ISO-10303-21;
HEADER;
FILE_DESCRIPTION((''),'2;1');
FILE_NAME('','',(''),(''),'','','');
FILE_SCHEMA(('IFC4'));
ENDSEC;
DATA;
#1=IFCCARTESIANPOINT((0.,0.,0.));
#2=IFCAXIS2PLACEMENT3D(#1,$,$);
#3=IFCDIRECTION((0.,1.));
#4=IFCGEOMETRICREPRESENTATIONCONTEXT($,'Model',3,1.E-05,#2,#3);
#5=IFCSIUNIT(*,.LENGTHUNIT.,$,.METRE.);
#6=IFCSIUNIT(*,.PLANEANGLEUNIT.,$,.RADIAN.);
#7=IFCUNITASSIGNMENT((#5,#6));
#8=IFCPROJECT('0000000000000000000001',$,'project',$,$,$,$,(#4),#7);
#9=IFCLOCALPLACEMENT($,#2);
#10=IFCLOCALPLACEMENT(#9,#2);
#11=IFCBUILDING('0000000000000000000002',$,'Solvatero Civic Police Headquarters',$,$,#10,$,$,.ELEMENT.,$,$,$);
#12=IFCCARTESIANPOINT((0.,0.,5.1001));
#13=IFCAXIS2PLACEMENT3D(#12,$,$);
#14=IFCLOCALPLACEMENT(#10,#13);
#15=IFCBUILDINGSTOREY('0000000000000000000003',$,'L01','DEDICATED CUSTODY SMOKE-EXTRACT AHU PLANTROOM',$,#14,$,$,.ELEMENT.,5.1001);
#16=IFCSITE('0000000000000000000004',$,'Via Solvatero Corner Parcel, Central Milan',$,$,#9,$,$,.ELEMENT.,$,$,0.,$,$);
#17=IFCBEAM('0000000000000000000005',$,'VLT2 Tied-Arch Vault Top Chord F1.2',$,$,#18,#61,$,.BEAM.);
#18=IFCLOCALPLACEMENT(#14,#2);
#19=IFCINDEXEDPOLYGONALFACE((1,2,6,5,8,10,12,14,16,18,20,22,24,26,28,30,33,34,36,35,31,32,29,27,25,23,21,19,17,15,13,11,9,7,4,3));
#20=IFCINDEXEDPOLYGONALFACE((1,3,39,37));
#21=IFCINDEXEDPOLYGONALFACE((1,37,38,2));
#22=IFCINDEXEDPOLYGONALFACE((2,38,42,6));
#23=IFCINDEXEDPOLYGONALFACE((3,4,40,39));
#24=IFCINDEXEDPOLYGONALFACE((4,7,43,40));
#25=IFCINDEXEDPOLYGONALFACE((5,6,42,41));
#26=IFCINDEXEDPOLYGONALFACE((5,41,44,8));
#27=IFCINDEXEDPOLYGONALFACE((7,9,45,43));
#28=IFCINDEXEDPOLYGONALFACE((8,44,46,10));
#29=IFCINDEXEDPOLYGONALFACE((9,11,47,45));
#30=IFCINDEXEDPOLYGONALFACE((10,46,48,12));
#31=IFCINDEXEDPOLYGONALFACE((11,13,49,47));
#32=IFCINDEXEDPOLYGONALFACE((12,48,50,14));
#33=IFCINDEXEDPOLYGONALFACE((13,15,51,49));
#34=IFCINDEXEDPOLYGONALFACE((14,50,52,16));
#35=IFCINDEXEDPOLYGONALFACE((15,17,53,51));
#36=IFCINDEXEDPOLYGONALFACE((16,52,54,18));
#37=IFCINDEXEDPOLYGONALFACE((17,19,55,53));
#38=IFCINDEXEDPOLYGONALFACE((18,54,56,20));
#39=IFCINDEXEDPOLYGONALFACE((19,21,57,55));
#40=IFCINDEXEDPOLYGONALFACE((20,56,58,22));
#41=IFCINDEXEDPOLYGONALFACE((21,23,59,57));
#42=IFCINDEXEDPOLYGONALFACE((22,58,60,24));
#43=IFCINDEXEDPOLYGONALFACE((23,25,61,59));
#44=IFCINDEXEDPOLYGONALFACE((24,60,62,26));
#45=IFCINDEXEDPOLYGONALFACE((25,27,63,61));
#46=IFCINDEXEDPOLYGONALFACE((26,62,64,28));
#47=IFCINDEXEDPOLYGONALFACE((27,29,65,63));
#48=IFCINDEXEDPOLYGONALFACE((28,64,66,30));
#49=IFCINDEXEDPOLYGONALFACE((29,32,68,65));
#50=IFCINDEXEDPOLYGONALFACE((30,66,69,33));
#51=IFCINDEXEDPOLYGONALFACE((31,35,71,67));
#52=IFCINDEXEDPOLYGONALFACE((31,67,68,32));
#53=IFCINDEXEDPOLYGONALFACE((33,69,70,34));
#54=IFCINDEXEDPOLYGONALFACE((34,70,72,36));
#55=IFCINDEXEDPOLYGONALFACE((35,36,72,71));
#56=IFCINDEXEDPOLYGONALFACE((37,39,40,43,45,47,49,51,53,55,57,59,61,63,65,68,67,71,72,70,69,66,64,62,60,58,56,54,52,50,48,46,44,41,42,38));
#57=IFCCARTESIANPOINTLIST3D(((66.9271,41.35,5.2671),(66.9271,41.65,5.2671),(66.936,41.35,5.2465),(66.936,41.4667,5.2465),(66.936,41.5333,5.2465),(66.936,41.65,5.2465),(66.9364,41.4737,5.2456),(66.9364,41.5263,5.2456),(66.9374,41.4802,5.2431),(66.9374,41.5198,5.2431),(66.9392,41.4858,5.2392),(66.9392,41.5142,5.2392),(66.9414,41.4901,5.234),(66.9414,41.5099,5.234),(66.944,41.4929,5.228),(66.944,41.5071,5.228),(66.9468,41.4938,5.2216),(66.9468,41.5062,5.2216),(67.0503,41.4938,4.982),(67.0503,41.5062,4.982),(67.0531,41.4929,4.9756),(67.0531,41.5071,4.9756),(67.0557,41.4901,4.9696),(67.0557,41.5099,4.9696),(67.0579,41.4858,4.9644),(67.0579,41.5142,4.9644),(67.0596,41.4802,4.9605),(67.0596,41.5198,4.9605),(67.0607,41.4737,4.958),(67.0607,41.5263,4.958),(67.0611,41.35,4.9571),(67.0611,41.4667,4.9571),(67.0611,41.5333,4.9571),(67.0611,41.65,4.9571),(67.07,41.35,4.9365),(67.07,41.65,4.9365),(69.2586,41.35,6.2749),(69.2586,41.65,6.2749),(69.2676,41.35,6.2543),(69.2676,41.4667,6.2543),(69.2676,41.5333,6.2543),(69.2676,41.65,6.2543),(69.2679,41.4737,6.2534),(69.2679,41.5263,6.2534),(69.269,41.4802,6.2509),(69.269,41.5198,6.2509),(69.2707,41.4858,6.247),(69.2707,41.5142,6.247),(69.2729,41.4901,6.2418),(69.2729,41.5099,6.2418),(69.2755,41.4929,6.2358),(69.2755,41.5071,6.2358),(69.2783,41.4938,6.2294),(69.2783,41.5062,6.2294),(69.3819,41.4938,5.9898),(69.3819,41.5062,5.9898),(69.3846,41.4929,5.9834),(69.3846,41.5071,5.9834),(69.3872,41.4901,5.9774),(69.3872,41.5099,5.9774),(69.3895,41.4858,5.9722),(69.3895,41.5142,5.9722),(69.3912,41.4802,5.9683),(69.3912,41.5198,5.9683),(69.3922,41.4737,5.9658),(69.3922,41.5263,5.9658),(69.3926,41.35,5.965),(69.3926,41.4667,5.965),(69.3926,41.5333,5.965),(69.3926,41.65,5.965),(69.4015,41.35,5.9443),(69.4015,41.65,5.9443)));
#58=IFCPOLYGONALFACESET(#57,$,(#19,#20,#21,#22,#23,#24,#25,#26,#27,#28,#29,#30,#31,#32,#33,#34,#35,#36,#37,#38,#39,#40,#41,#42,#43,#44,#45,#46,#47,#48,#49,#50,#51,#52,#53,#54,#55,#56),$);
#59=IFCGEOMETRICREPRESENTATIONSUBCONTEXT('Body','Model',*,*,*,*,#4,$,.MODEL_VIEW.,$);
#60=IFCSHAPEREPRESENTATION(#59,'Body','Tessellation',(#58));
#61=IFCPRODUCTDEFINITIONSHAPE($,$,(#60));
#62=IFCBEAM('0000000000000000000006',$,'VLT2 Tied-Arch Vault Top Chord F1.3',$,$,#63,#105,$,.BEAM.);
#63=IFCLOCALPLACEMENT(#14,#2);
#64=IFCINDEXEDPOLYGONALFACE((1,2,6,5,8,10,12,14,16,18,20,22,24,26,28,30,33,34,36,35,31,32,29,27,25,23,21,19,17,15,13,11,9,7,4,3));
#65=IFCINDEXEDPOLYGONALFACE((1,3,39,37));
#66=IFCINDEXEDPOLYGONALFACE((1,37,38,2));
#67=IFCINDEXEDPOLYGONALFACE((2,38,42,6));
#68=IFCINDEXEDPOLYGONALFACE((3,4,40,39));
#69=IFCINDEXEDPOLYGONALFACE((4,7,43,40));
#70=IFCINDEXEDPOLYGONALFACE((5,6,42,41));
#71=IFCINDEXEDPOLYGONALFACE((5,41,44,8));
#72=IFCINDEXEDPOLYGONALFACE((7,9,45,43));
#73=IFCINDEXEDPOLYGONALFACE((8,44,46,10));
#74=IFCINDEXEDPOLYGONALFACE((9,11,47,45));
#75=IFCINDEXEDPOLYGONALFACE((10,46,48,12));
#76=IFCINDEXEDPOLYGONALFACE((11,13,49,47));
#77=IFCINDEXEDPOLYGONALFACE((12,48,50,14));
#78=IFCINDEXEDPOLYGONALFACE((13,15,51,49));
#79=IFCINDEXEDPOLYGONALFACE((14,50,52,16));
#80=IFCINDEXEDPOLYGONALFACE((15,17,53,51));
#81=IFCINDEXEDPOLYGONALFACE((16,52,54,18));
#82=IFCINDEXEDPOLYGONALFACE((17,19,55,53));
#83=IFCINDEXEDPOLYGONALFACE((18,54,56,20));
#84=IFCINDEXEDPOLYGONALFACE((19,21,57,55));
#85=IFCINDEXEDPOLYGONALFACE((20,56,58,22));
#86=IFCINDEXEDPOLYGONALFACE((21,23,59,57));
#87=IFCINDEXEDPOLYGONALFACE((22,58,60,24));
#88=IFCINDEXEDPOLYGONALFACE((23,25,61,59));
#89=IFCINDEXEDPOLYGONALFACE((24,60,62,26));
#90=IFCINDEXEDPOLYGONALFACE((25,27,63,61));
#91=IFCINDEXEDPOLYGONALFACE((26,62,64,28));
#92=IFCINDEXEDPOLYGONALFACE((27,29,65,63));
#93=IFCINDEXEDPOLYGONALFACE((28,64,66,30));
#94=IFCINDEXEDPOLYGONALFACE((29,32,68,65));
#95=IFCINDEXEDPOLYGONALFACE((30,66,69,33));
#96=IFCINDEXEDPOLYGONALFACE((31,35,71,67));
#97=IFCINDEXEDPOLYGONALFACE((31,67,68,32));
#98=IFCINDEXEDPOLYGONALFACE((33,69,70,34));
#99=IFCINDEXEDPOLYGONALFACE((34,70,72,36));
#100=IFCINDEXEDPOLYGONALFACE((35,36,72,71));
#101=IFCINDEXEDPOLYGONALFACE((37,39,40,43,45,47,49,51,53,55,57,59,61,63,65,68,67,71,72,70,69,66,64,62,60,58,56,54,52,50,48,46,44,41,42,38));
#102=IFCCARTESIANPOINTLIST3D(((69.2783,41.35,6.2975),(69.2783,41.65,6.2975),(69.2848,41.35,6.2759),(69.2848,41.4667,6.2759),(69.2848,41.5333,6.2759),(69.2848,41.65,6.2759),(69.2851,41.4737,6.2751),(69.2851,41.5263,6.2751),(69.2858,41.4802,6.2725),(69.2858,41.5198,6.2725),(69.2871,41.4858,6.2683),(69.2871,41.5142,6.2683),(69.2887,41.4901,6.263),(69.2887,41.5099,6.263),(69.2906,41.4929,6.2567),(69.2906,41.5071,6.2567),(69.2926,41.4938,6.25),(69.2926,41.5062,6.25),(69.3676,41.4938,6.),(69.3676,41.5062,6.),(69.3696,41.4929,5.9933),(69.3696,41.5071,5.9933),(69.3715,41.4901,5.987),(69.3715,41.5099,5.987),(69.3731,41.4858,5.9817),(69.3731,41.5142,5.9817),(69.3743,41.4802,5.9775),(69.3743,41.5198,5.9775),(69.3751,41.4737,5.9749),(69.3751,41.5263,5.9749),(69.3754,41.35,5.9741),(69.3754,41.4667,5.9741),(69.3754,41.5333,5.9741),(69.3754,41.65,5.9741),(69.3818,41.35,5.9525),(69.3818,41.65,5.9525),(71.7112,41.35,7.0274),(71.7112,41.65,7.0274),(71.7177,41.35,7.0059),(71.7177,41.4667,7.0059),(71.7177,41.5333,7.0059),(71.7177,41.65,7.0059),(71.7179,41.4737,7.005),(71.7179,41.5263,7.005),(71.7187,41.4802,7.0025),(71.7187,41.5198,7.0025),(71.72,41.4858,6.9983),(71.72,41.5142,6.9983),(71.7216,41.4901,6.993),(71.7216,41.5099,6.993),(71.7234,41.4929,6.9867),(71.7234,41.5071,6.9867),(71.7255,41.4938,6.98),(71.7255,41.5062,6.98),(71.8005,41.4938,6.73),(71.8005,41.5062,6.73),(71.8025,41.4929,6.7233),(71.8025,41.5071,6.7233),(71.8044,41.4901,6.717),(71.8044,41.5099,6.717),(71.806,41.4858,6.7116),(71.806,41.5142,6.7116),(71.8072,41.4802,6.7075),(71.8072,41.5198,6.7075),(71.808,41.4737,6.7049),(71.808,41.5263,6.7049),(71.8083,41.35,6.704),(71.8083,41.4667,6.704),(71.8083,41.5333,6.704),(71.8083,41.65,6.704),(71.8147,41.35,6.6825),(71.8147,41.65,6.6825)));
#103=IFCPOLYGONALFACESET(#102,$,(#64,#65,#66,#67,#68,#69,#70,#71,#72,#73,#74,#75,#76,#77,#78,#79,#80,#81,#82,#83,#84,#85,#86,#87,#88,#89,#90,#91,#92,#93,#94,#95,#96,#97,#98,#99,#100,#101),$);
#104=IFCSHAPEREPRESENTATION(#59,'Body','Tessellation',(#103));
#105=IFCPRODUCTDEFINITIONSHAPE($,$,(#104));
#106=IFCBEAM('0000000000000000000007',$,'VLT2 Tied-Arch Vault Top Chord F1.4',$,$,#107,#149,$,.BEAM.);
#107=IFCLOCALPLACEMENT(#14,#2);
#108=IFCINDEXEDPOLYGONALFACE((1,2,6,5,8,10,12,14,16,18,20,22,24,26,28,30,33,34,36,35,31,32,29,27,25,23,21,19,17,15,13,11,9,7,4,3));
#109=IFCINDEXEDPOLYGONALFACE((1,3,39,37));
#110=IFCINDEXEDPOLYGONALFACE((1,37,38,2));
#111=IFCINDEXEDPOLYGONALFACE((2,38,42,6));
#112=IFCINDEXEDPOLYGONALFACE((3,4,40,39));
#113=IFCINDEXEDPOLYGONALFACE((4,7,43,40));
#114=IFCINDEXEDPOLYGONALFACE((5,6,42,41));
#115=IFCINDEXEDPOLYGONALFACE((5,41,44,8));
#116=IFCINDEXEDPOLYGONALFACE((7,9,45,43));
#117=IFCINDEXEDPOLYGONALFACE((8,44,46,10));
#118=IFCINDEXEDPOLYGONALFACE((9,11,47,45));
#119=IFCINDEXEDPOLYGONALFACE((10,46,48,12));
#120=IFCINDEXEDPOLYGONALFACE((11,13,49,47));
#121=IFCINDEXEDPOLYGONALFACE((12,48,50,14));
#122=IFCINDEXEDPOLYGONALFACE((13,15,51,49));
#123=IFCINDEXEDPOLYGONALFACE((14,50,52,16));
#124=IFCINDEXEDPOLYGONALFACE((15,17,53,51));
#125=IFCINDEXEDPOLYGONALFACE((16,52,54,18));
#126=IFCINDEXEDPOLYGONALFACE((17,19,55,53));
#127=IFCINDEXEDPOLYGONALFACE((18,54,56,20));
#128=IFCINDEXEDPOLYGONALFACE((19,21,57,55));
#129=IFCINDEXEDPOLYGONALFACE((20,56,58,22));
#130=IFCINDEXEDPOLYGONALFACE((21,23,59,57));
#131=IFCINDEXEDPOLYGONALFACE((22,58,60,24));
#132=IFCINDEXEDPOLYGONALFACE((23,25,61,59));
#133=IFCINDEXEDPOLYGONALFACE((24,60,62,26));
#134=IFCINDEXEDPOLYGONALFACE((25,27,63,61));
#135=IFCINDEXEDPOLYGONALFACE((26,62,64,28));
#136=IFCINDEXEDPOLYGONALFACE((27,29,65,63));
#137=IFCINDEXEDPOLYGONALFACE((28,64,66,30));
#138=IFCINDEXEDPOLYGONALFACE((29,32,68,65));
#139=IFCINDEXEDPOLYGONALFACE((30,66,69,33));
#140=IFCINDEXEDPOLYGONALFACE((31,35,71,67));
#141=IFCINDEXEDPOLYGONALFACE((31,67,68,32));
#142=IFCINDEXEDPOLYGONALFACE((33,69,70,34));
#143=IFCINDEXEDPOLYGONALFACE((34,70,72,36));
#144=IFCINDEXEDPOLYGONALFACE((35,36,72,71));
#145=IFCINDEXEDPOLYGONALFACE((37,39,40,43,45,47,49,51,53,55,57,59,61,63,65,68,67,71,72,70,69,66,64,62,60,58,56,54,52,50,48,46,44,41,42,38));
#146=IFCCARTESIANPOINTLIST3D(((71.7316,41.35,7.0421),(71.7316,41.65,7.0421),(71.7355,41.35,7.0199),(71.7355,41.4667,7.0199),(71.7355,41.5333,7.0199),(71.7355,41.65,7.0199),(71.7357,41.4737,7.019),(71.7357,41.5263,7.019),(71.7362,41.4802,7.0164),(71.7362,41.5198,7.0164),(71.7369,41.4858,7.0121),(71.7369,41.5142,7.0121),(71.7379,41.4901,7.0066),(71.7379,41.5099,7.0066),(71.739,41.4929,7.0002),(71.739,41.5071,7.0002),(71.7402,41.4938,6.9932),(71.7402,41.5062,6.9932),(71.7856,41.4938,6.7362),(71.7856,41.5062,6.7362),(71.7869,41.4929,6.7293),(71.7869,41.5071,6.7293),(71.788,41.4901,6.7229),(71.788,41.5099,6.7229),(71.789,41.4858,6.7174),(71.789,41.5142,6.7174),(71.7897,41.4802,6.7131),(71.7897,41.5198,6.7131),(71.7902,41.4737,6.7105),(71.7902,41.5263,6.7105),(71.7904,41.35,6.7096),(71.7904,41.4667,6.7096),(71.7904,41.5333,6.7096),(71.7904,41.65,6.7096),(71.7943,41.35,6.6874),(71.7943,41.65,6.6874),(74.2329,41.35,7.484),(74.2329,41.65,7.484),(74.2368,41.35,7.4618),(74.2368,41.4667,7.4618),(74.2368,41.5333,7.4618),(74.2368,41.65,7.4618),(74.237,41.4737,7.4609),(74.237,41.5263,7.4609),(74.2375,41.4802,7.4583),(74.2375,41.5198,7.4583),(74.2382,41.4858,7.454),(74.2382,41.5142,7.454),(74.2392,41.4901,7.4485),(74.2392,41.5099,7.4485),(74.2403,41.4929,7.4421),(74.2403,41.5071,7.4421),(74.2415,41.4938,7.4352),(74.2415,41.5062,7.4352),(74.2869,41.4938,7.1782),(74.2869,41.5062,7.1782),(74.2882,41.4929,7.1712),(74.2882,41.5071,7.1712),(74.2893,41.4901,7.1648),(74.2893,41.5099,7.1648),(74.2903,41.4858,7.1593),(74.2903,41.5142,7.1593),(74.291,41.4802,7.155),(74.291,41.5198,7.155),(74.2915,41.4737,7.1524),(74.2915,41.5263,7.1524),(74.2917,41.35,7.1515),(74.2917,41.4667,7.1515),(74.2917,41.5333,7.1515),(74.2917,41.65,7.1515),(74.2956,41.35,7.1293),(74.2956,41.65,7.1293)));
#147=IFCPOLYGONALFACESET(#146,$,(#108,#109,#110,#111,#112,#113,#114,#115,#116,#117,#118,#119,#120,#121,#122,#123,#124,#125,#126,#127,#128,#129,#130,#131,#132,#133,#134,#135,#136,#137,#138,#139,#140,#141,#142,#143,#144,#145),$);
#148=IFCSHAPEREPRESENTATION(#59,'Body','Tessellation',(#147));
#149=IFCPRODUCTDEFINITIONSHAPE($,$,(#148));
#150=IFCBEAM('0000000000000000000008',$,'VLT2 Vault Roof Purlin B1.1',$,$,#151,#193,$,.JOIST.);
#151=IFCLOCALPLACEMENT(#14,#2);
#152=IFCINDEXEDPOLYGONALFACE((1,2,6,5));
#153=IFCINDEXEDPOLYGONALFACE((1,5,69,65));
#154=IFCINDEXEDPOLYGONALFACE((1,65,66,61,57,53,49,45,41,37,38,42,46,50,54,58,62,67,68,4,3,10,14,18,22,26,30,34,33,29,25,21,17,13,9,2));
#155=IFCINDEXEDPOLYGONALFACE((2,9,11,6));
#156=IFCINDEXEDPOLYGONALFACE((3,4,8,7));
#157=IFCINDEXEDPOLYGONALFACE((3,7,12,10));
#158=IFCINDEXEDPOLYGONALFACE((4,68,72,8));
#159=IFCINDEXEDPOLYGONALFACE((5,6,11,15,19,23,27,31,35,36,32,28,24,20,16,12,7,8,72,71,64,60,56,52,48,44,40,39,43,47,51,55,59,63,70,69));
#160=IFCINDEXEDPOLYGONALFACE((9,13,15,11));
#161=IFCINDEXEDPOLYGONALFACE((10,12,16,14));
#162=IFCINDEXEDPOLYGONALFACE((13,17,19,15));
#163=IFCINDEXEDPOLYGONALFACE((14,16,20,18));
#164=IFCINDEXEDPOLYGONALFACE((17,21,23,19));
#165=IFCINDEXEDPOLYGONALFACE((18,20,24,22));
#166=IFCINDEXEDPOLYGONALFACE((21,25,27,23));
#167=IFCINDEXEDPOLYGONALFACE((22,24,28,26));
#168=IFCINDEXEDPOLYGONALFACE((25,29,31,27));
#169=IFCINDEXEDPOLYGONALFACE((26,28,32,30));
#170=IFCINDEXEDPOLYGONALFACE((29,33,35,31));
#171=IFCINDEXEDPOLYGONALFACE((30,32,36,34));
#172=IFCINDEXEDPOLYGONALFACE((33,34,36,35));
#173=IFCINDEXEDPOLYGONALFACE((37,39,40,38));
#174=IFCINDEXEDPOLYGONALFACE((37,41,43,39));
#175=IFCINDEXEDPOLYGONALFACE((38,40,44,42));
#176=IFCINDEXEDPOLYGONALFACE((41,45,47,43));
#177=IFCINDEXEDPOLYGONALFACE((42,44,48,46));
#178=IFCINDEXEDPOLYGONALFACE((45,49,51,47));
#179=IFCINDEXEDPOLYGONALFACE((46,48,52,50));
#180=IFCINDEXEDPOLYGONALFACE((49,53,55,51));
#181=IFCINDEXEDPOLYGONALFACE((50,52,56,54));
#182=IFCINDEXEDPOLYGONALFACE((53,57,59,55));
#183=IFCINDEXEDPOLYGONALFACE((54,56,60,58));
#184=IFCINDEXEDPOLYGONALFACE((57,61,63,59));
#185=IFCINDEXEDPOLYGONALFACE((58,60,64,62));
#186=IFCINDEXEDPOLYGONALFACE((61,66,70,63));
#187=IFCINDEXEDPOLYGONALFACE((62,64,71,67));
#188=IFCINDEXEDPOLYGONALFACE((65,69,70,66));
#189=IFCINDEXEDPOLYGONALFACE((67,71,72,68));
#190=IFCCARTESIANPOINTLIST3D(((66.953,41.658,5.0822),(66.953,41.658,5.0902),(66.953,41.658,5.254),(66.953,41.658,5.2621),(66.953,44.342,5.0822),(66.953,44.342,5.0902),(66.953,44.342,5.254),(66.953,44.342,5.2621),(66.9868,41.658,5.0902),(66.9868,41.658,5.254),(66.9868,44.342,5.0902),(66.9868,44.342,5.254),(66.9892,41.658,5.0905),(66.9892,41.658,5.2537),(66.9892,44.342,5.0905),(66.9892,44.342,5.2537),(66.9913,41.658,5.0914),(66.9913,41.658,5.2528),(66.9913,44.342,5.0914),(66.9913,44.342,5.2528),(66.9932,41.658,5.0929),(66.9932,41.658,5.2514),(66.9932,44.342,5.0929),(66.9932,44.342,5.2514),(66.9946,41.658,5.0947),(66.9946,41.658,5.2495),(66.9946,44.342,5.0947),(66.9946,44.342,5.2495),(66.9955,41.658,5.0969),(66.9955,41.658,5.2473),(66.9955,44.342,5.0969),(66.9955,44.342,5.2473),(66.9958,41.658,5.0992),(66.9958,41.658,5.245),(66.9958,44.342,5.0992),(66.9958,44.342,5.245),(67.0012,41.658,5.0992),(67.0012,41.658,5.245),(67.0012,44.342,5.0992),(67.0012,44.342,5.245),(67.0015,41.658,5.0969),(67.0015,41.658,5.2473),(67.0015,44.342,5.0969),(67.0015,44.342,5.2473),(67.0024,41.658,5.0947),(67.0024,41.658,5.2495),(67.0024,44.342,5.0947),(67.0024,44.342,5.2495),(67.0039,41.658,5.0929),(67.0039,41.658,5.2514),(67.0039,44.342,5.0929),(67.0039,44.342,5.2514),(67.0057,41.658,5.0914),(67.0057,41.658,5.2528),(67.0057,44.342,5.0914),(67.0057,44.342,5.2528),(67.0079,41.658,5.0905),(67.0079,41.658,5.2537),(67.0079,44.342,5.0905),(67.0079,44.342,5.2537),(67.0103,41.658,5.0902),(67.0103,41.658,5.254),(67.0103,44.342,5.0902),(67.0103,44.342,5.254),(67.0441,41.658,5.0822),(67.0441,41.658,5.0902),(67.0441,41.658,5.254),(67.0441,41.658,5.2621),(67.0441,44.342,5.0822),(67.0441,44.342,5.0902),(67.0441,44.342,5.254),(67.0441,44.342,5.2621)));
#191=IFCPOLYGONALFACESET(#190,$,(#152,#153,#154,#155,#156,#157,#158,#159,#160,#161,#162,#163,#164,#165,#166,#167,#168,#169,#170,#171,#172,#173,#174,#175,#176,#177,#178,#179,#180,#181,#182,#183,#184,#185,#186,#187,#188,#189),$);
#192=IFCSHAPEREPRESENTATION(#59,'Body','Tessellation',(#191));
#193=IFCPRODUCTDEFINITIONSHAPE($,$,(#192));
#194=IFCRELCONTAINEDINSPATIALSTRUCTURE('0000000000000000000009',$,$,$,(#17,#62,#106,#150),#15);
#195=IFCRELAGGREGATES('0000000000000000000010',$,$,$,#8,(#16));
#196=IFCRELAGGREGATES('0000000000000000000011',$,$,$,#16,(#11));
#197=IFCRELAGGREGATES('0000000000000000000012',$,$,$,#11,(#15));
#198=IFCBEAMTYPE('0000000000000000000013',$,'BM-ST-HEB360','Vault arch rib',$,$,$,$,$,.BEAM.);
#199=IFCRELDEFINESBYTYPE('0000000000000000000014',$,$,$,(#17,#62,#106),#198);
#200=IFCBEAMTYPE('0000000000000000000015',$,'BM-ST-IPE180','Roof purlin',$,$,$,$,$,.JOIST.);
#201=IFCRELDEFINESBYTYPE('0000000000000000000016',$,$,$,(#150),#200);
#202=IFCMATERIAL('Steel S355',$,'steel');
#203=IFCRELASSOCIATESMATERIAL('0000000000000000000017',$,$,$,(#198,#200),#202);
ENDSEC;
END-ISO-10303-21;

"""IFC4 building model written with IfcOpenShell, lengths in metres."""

from ifc_helpers import new_model, si_unit, direction, frame, origin, origin_2d, place, context, subcontext, project, spatial, i_section, extrude, material, material_profile, profile_set, type_object, element, save


model = new_model("IFC4")

# Units and contexts
model_context = context("Model", 3, precision=1e-05, world=origin(), true_north=direction((0.0, 1.0)))
body_context = subcontext(model_context, "Body", "Model", "MODEL_VIEW")
ifc_project = project(units=[si_unit("LENGTHUNIT", "METRE"), si_unit("PLANEANGLEUNIT", "RADIAN")], contexts=[model_context])

# Site, building, storey
site_placement = place(None, origin())
site = spatial("IfcSite", under=ifc_project, at=site_placement, Name="Via Solvatero Corner Parcel, Central Milan", CompositionType="ELEMENT", RefElevation=0.0)
building_placement = place(site_placement, origin())
building = spatial("IfcBuilding", under=site, at=building_placement, Name="Solvatero Civic Police Headquarters", CompositionType="ELEMENT")
storey_placement = place(building_placement, frame((0.0, 0.0, 5.1001)))
storey = spatial("IfcBuildingStorey", under=building, at=storey_placement, Name="L01", Description="DEDICATED CUSTODY SMOKE-EXTRACT AHU PLANTROOM", CompositionType="ELEMENT", Elevation=5.1001)

# Beams
ifc_material_1 = material(Name="Steel S355", Category="steel")
ifc_material_profile_1 = material_profile(ifc_material_1, i_section(OverallWidth=0.3, OverallDepth=0.3601, WebThickness=0.0125, FlangeThickness=0.0225, FilletRadius=0.0271, at=origin_2d()), Name="HEB 360")
ifc_profile_set_1 = profile_set([ifc_material_profile_1], Name="Steel S355")
beam_type_1 = type_object("IfcBeamType", Name="BM-ST-HEB360", Description="Vault arch rib", PredefinedType="BEAM", material=ifc_profile_set_1)
for number, where, z_axis, x_axis, name in (
    (1, (66.9985, 41.5, 5.1018), (0.917918, 0.0, 0.396771), (0.0, 1.0, 0.0), "VLT2 Tied-Arch Vault Top Chord F1.2"),
    (2, (69.3301, 41.5, 6.125), (0.957813, 0.0, 0.287392), (0.0, 1.0, 0.0), "VLT2 Tied-Arch Vault Top Chord F1.3"),
    (3, (71.7629, 41.5, 6.8647), (0.98475, 0.0, 0.173977), (0.0, 1.0, 0.0), "VLT2 Tied-Arch Vault Top Chord F1.4"),
):
    element("IfcBeam", number, at=place(storey_placement, frame(where, z_axis=z_axis, x_axis=x_axis)), inside=storey, type_object=beam_type_1, Name=name, PredefinedType="BEAM", context=body_context, shape_type="SweptSolid", body=[
        extrude(i_section(OverallWidth=0.3, OverallDepth=0.3601, WebThickness=0.0125, FlangeThickness=0.0225, FilletRadius=0.0271, at=origin_2d()), origin(), (0.0, 0.0, 1.0), 2.54),
    ])
ifc_material_profile_2 = material_profile(ifc_material_1, i_section(OverallWidth=0.0911, OverallDepth=0.1799, WebThickness=0.0054, FlangeThickness=0.0081, FilletRadius=0.009, at=origin_2d()), Name="IPE 180")
ifc_profile_set_2 = profile_set([ifc_material_profile_2], Name="Steel S355")
beam_type_2 = type_object("IfcBeamType", Name="BM-ST-IPE180", Description="Roof purlin", PredefinedType="JOIST", material=ifc_profile_set_2)
for number, where, z_axis, x_axis, name in (
    (4, (66.9985, 41.658, 5.1721), (0.0, 1.0, 0.0), (-1.0, 0.0, 0.0), "VLT2 Vault Roof Purlin B1.1"),
):
    element("IfcBeam", number, at=place(storey_placement, frame(where, z_axis=z_axis, x_axis=x_axis)), inside=storey, type_object=beam_type_2, Name=name, PredefinedType="JOIST", context=body_context, shape_type="SweptSolid", body=[
        extrude(i_section(OverallWidth=0.0911, OverallDepth=0.1799, WebThickness=0.0054, FlangeThickness=0.0081, FilletRadius=0.009, at=origin_2d()), origin(), (0.0, 0.0, 1.0), 2.6841),
    ])

save(model, "model.ifc")
